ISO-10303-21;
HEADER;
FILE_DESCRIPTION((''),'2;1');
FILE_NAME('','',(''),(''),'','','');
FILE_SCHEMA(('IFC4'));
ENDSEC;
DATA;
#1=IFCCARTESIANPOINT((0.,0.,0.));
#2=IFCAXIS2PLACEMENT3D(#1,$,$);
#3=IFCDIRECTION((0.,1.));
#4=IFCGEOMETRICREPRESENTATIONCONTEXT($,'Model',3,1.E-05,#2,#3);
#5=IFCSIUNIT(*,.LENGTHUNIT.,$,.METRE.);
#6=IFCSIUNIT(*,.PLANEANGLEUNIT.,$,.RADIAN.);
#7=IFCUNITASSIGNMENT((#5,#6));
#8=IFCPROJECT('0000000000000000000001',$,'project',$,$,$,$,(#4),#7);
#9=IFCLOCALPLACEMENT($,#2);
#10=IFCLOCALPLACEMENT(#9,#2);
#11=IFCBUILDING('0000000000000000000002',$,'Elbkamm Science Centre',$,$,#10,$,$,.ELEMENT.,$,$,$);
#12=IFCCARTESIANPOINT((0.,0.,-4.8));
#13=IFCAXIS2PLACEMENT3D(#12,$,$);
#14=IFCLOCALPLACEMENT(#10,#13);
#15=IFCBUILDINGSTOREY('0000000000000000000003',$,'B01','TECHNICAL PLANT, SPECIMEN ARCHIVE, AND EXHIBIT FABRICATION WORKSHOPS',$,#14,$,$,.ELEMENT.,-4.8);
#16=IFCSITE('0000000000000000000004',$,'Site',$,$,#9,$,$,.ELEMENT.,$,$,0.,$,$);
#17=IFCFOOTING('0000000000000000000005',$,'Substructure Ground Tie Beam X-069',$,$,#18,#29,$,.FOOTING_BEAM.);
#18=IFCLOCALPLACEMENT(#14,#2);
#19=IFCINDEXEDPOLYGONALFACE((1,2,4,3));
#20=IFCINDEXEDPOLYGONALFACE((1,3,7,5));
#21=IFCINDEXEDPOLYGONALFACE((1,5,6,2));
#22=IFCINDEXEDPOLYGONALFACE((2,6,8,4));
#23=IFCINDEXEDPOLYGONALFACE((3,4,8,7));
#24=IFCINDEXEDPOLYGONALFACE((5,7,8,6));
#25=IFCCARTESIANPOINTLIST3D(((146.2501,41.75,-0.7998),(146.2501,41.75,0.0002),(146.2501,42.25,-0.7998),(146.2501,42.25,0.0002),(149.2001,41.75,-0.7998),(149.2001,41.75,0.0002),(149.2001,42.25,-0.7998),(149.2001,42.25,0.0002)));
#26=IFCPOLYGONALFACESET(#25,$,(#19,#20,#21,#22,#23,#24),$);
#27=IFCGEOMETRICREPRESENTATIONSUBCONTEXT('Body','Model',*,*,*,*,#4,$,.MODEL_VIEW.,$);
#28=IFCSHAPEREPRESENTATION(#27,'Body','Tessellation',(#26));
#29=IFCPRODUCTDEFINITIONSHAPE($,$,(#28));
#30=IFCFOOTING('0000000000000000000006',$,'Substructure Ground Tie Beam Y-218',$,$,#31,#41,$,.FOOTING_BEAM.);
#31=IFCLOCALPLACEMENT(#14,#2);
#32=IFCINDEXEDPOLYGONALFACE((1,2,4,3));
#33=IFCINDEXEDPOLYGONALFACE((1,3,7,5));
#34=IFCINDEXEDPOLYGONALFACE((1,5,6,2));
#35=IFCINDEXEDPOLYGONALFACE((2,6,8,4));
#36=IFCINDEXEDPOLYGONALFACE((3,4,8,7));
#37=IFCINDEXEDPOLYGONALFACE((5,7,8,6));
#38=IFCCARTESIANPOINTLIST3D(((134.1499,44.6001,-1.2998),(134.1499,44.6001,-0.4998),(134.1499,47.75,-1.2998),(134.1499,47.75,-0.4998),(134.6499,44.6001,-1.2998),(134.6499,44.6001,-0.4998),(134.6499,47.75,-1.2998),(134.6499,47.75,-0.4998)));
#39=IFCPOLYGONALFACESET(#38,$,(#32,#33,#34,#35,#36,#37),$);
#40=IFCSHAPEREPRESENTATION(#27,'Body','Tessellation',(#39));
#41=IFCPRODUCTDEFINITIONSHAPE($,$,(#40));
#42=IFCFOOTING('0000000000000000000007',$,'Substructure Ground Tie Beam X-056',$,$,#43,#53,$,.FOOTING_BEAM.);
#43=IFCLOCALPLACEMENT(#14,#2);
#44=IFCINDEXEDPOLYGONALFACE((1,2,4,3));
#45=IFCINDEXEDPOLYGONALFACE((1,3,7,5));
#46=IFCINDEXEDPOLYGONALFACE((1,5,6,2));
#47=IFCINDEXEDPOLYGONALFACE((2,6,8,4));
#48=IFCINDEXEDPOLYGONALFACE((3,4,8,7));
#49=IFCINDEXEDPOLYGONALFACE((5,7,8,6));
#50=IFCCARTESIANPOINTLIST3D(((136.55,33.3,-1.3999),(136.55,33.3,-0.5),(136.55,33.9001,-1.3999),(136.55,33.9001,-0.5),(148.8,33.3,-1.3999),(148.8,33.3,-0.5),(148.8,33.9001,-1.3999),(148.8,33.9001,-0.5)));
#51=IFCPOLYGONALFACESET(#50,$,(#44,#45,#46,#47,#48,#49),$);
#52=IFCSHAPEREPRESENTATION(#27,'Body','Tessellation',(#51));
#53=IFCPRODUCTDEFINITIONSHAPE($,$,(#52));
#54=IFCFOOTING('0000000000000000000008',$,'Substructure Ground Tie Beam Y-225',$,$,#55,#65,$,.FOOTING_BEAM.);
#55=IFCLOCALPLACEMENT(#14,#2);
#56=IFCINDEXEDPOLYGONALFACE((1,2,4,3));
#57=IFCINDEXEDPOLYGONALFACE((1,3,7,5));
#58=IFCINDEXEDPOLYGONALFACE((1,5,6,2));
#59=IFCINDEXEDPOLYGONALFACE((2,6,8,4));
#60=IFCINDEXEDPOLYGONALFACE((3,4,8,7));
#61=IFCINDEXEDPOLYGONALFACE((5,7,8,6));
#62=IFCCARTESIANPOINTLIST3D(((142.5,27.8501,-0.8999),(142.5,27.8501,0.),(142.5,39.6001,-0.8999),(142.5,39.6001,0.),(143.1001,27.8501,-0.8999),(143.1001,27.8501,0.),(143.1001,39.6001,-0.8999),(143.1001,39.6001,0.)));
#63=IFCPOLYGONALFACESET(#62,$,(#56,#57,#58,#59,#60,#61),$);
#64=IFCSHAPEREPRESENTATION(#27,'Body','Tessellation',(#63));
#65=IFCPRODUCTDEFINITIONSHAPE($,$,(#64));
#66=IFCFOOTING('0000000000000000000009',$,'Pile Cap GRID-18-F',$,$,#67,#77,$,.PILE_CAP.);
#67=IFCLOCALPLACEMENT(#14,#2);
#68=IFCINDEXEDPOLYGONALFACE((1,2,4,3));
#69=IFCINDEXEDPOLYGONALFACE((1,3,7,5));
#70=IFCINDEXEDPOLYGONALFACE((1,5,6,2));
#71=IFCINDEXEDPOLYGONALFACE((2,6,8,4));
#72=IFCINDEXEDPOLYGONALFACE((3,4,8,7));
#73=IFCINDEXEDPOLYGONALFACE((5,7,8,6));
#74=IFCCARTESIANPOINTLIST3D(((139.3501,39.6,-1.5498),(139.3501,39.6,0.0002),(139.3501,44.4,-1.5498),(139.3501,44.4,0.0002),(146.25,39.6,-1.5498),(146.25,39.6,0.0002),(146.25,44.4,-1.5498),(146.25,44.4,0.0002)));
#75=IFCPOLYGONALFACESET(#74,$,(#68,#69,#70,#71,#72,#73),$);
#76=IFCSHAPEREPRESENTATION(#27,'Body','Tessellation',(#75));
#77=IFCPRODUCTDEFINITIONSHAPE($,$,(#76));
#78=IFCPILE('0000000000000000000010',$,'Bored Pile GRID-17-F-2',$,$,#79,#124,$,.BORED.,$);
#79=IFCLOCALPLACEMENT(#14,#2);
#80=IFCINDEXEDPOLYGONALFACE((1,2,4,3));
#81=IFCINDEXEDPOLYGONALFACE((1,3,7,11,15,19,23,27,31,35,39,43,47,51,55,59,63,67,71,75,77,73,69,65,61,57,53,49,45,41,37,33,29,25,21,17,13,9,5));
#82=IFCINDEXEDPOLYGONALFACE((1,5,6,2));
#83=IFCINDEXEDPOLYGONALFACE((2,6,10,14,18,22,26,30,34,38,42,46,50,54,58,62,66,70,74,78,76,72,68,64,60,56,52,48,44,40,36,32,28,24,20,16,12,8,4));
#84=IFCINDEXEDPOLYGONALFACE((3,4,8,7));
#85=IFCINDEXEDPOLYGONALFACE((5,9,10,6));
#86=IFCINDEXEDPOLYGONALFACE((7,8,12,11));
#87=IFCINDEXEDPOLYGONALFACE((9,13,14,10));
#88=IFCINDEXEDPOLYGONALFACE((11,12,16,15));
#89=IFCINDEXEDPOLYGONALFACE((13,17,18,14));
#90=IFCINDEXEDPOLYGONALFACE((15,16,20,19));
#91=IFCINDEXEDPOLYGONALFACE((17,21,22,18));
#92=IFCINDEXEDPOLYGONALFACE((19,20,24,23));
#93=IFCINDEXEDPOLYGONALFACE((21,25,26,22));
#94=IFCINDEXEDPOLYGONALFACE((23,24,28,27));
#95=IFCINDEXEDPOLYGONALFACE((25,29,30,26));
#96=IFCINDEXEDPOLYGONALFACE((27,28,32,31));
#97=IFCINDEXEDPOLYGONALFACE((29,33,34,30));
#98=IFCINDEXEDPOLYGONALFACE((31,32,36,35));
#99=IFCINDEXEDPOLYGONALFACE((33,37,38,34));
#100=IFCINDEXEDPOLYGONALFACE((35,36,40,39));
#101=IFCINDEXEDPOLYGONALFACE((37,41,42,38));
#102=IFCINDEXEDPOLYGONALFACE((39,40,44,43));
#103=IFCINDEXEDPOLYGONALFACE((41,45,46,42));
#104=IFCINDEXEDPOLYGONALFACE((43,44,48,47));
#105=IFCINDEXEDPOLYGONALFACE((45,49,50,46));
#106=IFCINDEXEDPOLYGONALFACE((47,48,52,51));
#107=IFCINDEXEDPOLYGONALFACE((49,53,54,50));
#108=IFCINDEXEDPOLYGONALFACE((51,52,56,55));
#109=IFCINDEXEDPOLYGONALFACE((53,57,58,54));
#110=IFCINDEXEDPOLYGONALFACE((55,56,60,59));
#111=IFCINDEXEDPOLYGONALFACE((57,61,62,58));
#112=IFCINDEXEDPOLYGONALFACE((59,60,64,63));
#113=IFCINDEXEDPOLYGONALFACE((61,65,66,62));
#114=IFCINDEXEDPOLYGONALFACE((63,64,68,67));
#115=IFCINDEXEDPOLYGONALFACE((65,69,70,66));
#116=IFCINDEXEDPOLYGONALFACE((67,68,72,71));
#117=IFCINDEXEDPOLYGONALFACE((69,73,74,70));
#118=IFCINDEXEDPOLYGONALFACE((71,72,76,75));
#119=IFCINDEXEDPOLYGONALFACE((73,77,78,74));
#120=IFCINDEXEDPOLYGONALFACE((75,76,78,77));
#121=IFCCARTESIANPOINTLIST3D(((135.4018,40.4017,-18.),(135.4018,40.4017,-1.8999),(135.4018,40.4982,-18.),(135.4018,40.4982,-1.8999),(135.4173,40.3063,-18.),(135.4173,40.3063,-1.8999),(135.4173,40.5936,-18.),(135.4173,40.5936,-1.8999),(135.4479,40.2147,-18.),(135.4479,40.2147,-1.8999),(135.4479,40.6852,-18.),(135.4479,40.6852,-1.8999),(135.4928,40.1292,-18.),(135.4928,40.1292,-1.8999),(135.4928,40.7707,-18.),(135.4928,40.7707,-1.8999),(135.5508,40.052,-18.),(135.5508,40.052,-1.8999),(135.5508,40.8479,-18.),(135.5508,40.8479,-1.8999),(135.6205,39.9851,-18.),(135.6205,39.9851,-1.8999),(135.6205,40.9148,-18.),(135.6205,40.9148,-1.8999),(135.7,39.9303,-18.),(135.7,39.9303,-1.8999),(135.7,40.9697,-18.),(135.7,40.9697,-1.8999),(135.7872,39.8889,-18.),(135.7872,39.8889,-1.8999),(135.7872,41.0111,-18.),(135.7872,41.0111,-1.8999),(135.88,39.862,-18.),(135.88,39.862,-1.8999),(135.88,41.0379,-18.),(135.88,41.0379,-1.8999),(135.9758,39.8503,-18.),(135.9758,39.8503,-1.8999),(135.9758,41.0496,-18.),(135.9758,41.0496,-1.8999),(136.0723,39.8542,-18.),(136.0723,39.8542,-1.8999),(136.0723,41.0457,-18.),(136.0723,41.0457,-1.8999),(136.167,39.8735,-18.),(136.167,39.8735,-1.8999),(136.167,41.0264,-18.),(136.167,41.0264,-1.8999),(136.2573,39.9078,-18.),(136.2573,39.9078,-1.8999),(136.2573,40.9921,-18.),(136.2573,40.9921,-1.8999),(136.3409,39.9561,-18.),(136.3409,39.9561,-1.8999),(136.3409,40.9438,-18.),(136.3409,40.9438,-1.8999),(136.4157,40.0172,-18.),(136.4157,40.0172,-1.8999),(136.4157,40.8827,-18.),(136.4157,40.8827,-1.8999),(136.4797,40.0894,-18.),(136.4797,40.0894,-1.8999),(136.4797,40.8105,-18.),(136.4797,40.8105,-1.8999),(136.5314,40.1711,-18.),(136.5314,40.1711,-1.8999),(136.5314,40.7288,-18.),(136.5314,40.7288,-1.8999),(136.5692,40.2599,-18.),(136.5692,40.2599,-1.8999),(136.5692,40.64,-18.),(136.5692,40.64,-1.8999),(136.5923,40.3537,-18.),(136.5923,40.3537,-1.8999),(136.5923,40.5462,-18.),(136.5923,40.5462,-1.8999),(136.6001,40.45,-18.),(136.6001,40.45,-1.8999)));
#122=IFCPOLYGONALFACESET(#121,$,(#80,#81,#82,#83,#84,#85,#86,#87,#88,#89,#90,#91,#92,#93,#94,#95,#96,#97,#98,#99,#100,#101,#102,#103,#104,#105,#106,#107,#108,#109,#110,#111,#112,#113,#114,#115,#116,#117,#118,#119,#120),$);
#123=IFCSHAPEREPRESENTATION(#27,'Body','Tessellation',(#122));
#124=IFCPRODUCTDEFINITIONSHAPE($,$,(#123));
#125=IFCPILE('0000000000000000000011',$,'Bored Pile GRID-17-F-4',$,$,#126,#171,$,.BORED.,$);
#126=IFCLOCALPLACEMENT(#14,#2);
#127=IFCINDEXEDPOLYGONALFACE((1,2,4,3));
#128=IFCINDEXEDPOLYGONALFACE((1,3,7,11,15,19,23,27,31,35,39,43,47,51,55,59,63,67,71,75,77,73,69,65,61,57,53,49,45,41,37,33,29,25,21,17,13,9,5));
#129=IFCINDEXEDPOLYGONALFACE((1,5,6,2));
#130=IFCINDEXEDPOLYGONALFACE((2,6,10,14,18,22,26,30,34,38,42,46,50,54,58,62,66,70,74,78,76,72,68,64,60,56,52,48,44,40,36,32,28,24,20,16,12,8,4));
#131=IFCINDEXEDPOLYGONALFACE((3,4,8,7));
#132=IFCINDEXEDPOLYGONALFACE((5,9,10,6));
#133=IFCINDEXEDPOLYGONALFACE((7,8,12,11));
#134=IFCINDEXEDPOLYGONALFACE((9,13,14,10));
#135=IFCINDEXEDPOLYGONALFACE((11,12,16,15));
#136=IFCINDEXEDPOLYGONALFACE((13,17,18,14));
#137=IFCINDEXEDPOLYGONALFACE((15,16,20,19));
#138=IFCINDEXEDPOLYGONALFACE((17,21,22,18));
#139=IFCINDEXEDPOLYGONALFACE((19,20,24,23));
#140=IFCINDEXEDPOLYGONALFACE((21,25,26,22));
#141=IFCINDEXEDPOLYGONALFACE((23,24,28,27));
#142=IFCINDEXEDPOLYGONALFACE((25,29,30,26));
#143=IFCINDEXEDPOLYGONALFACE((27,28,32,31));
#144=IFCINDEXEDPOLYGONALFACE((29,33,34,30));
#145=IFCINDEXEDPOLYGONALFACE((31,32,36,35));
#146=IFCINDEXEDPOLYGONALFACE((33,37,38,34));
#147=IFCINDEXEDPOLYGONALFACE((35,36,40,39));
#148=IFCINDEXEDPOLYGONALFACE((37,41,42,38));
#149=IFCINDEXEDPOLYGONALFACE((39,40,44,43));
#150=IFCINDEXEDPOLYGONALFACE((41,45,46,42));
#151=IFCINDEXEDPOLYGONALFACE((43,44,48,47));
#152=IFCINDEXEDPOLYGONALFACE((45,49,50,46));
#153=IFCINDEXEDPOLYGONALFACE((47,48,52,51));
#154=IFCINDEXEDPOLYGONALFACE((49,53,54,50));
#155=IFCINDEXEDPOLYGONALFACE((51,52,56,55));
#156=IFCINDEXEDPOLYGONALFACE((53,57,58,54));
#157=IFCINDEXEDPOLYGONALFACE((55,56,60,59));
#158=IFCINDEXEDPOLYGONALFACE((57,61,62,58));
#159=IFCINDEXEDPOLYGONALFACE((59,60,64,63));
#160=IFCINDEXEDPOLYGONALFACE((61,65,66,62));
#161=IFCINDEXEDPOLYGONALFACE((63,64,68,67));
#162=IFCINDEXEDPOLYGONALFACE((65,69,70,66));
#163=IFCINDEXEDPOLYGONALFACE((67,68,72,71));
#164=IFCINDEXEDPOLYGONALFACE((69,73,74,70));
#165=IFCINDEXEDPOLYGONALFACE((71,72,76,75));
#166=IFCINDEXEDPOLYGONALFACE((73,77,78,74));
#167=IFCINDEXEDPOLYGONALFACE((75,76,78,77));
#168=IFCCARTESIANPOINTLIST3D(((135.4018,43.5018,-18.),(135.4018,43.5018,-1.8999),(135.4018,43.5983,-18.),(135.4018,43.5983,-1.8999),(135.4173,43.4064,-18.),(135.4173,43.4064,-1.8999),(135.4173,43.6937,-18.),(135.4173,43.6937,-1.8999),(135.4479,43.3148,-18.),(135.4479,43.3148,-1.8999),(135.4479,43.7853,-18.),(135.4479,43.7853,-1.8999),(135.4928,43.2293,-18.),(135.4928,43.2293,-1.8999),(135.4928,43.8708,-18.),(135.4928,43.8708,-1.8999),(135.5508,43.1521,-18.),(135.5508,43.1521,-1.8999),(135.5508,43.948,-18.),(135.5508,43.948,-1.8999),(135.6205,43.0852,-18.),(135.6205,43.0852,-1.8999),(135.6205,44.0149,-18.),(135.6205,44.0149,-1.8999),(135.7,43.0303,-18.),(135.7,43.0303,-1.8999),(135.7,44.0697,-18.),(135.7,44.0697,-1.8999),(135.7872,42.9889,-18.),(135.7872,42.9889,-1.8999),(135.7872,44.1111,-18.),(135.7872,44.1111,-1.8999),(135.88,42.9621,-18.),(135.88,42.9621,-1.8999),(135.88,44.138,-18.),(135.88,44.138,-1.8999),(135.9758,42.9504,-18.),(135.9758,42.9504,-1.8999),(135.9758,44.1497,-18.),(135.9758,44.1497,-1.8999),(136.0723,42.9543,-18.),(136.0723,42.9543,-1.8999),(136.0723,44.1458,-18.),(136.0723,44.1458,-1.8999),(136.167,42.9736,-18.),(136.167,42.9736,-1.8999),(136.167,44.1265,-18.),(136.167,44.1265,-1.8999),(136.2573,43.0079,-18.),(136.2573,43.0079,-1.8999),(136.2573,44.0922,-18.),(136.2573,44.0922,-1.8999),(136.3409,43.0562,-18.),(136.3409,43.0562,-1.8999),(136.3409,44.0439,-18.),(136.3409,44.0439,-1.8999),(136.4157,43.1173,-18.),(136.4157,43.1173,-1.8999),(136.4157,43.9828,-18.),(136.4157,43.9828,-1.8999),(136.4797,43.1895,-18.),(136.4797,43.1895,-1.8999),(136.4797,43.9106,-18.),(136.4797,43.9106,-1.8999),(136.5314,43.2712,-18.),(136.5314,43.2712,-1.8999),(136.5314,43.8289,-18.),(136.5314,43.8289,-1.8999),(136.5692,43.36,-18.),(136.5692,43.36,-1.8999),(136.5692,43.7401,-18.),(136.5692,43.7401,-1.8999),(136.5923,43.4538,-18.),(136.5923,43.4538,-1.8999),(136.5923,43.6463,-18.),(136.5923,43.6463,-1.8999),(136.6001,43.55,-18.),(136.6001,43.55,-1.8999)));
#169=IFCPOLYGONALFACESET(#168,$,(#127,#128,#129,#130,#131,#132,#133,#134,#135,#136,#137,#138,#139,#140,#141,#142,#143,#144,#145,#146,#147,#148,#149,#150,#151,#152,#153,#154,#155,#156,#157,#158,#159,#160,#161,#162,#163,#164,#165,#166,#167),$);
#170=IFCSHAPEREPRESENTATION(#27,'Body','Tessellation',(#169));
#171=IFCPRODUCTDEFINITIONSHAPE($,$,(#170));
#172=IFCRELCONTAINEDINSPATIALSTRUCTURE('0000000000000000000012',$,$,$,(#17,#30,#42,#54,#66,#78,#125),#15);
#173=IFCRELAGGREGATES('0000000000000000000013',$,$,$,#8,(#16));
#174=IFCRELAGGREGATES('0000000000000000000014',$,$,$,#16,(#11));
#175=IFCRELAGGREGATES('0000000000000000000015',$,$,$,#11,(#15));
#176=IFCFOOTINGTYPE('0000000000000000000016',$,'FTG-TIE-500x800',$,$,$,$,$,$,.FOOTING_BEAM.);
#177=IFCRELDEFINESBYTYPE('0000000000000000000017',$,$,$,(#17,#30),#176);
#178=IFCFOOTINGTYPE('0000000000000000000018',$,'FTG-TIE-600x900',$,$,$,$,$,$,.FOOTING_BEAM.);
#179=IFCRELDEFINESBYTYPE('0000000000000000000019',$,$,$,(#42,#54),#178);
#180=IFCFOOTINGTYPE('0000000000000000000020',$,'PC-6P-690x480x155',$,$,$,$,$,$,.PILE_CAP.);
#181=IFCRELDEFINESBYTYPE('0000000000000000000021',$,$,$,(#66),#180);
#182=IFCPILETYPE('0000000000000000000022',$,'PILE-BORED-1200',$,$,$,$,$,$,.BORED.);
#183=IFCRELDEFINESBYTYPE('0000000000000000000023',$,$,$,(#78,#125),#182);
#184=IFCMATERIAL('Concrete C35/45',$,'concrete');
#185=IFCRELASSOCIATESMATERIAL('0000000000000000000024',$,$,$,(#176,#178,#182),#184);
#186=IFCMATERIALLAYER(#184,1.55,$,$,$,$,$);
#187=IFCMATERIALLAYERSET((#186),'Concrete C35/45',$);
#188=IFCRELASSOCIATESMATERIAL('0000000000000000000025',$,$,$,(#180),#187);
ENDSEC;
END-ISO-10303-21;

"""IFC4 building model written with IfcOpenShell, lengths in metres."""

from ifc_helpers import new_model, si_unit, direction, frame, origin, origin_2d, place, context, subcontext, project, spatial, rectangle, circle, extrude, material, layer, layer_set, material_profile, profile_set, type_object, element, save


model = new_model("IFC4")

# Units and contexts
model_context = context("Model", 3, precision=1e-05, world=origin(), true_north=direction((0.0, 1.0)))
body_context = subcontext(model_context, "Body", "Model", "MODEL_VIEW")
ifc_project = project(units=[si_unit("LENGTHUNIT", "METRE"), si_unit("PLANEANGLEUNIT", "RADIAN")], contexts=[model_context])

# Site, building, storey
site_placement = place(None, origin())
site = spatial("IfcSite", under=ifc_project, at=site_placement, Name="Site", CompositionType="ELEMENT", RefElevation=0.0)
building_placement = place(site_placement, origin())
building = spatial("IfcBuilding", under=site, at=building_placement, Name="Elbkamm Science Centre", CompositionType="ELEMENT")
storey_placement = place(building_placement, frame((0.0, 0.0, -4.8)))
storey = spatial("IfcBuildingStorey", under=building, at=storey_placement, Name="B01", Description="TECHNICAL PLANT, SPECIMEN ARCHIVE, AND EXHIBIT FABRICATION WORKSHOPS", CompositionType="ELEMENT", Elevation=-4.8)

# Footings
ifc_material_1 = material(Name="Concrete C35/45", Category="concrete")
footing_type_1 = type_object("IfcFootingType", Name="FTG-TIE-500x800", PredefinedType="FOOTING_BEAM", material=ifc_material_1)
footing_1_placement = place(storey_placement, frame((147.7251, 42.0, -0.7998), z_axis=(0.0, 0.0, 1.0), x_axis=(1.0, 0.0, 0.0)))
element("IfcFooting", 1, at=footing_1_placement, inside=storey, type_object=footing_type_1, Name="Substructure Ground Tie Beam X-069", PredefinedType="FOOTING_BEAM", context=body_context, shape_type="SweptSolid", body=[
    extrude(rectangle(XDim=2.95, YDim=0.5, at=origin_2d()), origin(), (0.0, 0.0, 1.0), 0.8),
])
footing_2_placement = place(storey_placement, frame((134.3999, 46.175, -1.2998), z_axis=(0.0, 0.0, 1.0), x_axis=(1.0, 0.0, 0.0)))
element("IfcFooting", 2, at=footing_2_placement, inside=storey, type_object=footing_type_1, Name="Substructure Ground Tie Beam Y-218", PredefinedType="FOOTING_BEAM", context=body_context, shape_type="SweptSolid", body=[
    extrude(rectangle(XDim=0.5, YDim=3.1499, at=origin_2d()), origin(), (0.0, 0.0, 1.0), 0.8),
])
footing_type_2 = type_object("IfcFootingType", Name="FTG-TIE-600x900", PredefinedType="FOOTING_BEAM", material=ifc_material_1)
footing_3_placement = place(storey_placement, frame((142.675, 33.6001, -1.3999), z_axis=(0.0, 0.0, 1.0), x_axis=(1.0, 0.0, 0.0)))
element("IfcFooting", 3, at=footing_3_placement, inside=storey, type_object=footing_type_2, Name="Substructure Ground Tie Beam X-056", PredefinedType="FOOTING_BEAM", context=body_context, shape_type="SweptSolid", body=[
    extrude(rectangle(XDim=12.25, YDim=0.6001, at=origin_2d()), origin(), (0.0, 0.0, 1.0), 0.8999),
])
footing_4_placement = place(storey_placement, frame((142.8, 33.7251, -0.8999), z_axis=(0.0, 0.0, 1.0), x_axis=(1.0, 0.0, 0.0)))
element("IfcFooting", 4, at=footing_4_placement, inside=storey, type_object=footing_type_2, Name="Substructure Ground Tie Beam Y-225", PredefinedType="FOOTING_BEAM", context=body_context, shape_type="SweptSolid", body=[
    extrude(rectangle(XDim=0.6001, YDim=11.75, at=origin_2d()), origin(), (0.0, 0.0, 1.0), 0.8999),
])
ifc_layer_1 = layer(ifc_material_1, 1.55)
ifc_layer_set_1 = layer_set([ifc_layer_1], Name="Concrete C35/45")
footing_type_3 = type_object("IfcFootingType", Name="PC-6P-690x480x155", PredefinedType="PILE_CAP", material=ifc_layer_set_1)
footing_5_placement = place(storey_placement, frame((142.8, 42.0, -1.5498), z_axis=(0.0, 0.0, 1.0), x_axis=(1.0, 0.0, 0.0)))
element("IfcFooting", 5, at=footing_5_placement, inside=storey, type_object=footing_type_3, Name="Pile Cap GRID-18-F", PredefinedType="PILE_CAP", context=body_context, shape_type="SweptSolid", body=[
    extrude(rectangle(XDim=6.8999, YDim=4.8, at=origin_2d()), origin(), (0.0, 0.0, 1.0), 1.55),
])

# Piles
ifc_material_profile_1 = material_profile(ifc_material_1, circle(Radius=0.6001, at=origin_2d()), Name="PILE D1200")
ifc_profile_set_1 = profile_set([ifc_material_profile_1], Name="Concrete C35/45")
pile_type_1 = type_object("IfcPileType", Name="PILE-BORED-1200", PredefinedType="BORED", material=ifc_profile_set_1)
for number, where, z_axis, x_axis, name in (
    (6, (136.0, 40.45, -1.8999), (0.0, 0.0, -1.0), (1.0, 0.0, 0.0), "Bored Pile GRID-17-F-2"),
    (7, (136.0, 43.55, -1.8999), (0.0, 0.0, -1.0), (1.0, 0.0, 0.0), "Bored Pile GRID-17-F-4"),
):
    element("IfcPile", number, at=place(storey_placement, frame(where, z_axis=z_axis, x_axis=x_axis)), inside=storey, type_object=pile_type_1, Name=name, PredefinedType="BORED", context=body_context, shape_type="SweptSolid", body=[
        extrude(circle(Radius=0.6001, at=origin_2d()), origin(), (0.0, 0.0, 1.0), 16.1001),
    ])

save(model, "model.ifc")
